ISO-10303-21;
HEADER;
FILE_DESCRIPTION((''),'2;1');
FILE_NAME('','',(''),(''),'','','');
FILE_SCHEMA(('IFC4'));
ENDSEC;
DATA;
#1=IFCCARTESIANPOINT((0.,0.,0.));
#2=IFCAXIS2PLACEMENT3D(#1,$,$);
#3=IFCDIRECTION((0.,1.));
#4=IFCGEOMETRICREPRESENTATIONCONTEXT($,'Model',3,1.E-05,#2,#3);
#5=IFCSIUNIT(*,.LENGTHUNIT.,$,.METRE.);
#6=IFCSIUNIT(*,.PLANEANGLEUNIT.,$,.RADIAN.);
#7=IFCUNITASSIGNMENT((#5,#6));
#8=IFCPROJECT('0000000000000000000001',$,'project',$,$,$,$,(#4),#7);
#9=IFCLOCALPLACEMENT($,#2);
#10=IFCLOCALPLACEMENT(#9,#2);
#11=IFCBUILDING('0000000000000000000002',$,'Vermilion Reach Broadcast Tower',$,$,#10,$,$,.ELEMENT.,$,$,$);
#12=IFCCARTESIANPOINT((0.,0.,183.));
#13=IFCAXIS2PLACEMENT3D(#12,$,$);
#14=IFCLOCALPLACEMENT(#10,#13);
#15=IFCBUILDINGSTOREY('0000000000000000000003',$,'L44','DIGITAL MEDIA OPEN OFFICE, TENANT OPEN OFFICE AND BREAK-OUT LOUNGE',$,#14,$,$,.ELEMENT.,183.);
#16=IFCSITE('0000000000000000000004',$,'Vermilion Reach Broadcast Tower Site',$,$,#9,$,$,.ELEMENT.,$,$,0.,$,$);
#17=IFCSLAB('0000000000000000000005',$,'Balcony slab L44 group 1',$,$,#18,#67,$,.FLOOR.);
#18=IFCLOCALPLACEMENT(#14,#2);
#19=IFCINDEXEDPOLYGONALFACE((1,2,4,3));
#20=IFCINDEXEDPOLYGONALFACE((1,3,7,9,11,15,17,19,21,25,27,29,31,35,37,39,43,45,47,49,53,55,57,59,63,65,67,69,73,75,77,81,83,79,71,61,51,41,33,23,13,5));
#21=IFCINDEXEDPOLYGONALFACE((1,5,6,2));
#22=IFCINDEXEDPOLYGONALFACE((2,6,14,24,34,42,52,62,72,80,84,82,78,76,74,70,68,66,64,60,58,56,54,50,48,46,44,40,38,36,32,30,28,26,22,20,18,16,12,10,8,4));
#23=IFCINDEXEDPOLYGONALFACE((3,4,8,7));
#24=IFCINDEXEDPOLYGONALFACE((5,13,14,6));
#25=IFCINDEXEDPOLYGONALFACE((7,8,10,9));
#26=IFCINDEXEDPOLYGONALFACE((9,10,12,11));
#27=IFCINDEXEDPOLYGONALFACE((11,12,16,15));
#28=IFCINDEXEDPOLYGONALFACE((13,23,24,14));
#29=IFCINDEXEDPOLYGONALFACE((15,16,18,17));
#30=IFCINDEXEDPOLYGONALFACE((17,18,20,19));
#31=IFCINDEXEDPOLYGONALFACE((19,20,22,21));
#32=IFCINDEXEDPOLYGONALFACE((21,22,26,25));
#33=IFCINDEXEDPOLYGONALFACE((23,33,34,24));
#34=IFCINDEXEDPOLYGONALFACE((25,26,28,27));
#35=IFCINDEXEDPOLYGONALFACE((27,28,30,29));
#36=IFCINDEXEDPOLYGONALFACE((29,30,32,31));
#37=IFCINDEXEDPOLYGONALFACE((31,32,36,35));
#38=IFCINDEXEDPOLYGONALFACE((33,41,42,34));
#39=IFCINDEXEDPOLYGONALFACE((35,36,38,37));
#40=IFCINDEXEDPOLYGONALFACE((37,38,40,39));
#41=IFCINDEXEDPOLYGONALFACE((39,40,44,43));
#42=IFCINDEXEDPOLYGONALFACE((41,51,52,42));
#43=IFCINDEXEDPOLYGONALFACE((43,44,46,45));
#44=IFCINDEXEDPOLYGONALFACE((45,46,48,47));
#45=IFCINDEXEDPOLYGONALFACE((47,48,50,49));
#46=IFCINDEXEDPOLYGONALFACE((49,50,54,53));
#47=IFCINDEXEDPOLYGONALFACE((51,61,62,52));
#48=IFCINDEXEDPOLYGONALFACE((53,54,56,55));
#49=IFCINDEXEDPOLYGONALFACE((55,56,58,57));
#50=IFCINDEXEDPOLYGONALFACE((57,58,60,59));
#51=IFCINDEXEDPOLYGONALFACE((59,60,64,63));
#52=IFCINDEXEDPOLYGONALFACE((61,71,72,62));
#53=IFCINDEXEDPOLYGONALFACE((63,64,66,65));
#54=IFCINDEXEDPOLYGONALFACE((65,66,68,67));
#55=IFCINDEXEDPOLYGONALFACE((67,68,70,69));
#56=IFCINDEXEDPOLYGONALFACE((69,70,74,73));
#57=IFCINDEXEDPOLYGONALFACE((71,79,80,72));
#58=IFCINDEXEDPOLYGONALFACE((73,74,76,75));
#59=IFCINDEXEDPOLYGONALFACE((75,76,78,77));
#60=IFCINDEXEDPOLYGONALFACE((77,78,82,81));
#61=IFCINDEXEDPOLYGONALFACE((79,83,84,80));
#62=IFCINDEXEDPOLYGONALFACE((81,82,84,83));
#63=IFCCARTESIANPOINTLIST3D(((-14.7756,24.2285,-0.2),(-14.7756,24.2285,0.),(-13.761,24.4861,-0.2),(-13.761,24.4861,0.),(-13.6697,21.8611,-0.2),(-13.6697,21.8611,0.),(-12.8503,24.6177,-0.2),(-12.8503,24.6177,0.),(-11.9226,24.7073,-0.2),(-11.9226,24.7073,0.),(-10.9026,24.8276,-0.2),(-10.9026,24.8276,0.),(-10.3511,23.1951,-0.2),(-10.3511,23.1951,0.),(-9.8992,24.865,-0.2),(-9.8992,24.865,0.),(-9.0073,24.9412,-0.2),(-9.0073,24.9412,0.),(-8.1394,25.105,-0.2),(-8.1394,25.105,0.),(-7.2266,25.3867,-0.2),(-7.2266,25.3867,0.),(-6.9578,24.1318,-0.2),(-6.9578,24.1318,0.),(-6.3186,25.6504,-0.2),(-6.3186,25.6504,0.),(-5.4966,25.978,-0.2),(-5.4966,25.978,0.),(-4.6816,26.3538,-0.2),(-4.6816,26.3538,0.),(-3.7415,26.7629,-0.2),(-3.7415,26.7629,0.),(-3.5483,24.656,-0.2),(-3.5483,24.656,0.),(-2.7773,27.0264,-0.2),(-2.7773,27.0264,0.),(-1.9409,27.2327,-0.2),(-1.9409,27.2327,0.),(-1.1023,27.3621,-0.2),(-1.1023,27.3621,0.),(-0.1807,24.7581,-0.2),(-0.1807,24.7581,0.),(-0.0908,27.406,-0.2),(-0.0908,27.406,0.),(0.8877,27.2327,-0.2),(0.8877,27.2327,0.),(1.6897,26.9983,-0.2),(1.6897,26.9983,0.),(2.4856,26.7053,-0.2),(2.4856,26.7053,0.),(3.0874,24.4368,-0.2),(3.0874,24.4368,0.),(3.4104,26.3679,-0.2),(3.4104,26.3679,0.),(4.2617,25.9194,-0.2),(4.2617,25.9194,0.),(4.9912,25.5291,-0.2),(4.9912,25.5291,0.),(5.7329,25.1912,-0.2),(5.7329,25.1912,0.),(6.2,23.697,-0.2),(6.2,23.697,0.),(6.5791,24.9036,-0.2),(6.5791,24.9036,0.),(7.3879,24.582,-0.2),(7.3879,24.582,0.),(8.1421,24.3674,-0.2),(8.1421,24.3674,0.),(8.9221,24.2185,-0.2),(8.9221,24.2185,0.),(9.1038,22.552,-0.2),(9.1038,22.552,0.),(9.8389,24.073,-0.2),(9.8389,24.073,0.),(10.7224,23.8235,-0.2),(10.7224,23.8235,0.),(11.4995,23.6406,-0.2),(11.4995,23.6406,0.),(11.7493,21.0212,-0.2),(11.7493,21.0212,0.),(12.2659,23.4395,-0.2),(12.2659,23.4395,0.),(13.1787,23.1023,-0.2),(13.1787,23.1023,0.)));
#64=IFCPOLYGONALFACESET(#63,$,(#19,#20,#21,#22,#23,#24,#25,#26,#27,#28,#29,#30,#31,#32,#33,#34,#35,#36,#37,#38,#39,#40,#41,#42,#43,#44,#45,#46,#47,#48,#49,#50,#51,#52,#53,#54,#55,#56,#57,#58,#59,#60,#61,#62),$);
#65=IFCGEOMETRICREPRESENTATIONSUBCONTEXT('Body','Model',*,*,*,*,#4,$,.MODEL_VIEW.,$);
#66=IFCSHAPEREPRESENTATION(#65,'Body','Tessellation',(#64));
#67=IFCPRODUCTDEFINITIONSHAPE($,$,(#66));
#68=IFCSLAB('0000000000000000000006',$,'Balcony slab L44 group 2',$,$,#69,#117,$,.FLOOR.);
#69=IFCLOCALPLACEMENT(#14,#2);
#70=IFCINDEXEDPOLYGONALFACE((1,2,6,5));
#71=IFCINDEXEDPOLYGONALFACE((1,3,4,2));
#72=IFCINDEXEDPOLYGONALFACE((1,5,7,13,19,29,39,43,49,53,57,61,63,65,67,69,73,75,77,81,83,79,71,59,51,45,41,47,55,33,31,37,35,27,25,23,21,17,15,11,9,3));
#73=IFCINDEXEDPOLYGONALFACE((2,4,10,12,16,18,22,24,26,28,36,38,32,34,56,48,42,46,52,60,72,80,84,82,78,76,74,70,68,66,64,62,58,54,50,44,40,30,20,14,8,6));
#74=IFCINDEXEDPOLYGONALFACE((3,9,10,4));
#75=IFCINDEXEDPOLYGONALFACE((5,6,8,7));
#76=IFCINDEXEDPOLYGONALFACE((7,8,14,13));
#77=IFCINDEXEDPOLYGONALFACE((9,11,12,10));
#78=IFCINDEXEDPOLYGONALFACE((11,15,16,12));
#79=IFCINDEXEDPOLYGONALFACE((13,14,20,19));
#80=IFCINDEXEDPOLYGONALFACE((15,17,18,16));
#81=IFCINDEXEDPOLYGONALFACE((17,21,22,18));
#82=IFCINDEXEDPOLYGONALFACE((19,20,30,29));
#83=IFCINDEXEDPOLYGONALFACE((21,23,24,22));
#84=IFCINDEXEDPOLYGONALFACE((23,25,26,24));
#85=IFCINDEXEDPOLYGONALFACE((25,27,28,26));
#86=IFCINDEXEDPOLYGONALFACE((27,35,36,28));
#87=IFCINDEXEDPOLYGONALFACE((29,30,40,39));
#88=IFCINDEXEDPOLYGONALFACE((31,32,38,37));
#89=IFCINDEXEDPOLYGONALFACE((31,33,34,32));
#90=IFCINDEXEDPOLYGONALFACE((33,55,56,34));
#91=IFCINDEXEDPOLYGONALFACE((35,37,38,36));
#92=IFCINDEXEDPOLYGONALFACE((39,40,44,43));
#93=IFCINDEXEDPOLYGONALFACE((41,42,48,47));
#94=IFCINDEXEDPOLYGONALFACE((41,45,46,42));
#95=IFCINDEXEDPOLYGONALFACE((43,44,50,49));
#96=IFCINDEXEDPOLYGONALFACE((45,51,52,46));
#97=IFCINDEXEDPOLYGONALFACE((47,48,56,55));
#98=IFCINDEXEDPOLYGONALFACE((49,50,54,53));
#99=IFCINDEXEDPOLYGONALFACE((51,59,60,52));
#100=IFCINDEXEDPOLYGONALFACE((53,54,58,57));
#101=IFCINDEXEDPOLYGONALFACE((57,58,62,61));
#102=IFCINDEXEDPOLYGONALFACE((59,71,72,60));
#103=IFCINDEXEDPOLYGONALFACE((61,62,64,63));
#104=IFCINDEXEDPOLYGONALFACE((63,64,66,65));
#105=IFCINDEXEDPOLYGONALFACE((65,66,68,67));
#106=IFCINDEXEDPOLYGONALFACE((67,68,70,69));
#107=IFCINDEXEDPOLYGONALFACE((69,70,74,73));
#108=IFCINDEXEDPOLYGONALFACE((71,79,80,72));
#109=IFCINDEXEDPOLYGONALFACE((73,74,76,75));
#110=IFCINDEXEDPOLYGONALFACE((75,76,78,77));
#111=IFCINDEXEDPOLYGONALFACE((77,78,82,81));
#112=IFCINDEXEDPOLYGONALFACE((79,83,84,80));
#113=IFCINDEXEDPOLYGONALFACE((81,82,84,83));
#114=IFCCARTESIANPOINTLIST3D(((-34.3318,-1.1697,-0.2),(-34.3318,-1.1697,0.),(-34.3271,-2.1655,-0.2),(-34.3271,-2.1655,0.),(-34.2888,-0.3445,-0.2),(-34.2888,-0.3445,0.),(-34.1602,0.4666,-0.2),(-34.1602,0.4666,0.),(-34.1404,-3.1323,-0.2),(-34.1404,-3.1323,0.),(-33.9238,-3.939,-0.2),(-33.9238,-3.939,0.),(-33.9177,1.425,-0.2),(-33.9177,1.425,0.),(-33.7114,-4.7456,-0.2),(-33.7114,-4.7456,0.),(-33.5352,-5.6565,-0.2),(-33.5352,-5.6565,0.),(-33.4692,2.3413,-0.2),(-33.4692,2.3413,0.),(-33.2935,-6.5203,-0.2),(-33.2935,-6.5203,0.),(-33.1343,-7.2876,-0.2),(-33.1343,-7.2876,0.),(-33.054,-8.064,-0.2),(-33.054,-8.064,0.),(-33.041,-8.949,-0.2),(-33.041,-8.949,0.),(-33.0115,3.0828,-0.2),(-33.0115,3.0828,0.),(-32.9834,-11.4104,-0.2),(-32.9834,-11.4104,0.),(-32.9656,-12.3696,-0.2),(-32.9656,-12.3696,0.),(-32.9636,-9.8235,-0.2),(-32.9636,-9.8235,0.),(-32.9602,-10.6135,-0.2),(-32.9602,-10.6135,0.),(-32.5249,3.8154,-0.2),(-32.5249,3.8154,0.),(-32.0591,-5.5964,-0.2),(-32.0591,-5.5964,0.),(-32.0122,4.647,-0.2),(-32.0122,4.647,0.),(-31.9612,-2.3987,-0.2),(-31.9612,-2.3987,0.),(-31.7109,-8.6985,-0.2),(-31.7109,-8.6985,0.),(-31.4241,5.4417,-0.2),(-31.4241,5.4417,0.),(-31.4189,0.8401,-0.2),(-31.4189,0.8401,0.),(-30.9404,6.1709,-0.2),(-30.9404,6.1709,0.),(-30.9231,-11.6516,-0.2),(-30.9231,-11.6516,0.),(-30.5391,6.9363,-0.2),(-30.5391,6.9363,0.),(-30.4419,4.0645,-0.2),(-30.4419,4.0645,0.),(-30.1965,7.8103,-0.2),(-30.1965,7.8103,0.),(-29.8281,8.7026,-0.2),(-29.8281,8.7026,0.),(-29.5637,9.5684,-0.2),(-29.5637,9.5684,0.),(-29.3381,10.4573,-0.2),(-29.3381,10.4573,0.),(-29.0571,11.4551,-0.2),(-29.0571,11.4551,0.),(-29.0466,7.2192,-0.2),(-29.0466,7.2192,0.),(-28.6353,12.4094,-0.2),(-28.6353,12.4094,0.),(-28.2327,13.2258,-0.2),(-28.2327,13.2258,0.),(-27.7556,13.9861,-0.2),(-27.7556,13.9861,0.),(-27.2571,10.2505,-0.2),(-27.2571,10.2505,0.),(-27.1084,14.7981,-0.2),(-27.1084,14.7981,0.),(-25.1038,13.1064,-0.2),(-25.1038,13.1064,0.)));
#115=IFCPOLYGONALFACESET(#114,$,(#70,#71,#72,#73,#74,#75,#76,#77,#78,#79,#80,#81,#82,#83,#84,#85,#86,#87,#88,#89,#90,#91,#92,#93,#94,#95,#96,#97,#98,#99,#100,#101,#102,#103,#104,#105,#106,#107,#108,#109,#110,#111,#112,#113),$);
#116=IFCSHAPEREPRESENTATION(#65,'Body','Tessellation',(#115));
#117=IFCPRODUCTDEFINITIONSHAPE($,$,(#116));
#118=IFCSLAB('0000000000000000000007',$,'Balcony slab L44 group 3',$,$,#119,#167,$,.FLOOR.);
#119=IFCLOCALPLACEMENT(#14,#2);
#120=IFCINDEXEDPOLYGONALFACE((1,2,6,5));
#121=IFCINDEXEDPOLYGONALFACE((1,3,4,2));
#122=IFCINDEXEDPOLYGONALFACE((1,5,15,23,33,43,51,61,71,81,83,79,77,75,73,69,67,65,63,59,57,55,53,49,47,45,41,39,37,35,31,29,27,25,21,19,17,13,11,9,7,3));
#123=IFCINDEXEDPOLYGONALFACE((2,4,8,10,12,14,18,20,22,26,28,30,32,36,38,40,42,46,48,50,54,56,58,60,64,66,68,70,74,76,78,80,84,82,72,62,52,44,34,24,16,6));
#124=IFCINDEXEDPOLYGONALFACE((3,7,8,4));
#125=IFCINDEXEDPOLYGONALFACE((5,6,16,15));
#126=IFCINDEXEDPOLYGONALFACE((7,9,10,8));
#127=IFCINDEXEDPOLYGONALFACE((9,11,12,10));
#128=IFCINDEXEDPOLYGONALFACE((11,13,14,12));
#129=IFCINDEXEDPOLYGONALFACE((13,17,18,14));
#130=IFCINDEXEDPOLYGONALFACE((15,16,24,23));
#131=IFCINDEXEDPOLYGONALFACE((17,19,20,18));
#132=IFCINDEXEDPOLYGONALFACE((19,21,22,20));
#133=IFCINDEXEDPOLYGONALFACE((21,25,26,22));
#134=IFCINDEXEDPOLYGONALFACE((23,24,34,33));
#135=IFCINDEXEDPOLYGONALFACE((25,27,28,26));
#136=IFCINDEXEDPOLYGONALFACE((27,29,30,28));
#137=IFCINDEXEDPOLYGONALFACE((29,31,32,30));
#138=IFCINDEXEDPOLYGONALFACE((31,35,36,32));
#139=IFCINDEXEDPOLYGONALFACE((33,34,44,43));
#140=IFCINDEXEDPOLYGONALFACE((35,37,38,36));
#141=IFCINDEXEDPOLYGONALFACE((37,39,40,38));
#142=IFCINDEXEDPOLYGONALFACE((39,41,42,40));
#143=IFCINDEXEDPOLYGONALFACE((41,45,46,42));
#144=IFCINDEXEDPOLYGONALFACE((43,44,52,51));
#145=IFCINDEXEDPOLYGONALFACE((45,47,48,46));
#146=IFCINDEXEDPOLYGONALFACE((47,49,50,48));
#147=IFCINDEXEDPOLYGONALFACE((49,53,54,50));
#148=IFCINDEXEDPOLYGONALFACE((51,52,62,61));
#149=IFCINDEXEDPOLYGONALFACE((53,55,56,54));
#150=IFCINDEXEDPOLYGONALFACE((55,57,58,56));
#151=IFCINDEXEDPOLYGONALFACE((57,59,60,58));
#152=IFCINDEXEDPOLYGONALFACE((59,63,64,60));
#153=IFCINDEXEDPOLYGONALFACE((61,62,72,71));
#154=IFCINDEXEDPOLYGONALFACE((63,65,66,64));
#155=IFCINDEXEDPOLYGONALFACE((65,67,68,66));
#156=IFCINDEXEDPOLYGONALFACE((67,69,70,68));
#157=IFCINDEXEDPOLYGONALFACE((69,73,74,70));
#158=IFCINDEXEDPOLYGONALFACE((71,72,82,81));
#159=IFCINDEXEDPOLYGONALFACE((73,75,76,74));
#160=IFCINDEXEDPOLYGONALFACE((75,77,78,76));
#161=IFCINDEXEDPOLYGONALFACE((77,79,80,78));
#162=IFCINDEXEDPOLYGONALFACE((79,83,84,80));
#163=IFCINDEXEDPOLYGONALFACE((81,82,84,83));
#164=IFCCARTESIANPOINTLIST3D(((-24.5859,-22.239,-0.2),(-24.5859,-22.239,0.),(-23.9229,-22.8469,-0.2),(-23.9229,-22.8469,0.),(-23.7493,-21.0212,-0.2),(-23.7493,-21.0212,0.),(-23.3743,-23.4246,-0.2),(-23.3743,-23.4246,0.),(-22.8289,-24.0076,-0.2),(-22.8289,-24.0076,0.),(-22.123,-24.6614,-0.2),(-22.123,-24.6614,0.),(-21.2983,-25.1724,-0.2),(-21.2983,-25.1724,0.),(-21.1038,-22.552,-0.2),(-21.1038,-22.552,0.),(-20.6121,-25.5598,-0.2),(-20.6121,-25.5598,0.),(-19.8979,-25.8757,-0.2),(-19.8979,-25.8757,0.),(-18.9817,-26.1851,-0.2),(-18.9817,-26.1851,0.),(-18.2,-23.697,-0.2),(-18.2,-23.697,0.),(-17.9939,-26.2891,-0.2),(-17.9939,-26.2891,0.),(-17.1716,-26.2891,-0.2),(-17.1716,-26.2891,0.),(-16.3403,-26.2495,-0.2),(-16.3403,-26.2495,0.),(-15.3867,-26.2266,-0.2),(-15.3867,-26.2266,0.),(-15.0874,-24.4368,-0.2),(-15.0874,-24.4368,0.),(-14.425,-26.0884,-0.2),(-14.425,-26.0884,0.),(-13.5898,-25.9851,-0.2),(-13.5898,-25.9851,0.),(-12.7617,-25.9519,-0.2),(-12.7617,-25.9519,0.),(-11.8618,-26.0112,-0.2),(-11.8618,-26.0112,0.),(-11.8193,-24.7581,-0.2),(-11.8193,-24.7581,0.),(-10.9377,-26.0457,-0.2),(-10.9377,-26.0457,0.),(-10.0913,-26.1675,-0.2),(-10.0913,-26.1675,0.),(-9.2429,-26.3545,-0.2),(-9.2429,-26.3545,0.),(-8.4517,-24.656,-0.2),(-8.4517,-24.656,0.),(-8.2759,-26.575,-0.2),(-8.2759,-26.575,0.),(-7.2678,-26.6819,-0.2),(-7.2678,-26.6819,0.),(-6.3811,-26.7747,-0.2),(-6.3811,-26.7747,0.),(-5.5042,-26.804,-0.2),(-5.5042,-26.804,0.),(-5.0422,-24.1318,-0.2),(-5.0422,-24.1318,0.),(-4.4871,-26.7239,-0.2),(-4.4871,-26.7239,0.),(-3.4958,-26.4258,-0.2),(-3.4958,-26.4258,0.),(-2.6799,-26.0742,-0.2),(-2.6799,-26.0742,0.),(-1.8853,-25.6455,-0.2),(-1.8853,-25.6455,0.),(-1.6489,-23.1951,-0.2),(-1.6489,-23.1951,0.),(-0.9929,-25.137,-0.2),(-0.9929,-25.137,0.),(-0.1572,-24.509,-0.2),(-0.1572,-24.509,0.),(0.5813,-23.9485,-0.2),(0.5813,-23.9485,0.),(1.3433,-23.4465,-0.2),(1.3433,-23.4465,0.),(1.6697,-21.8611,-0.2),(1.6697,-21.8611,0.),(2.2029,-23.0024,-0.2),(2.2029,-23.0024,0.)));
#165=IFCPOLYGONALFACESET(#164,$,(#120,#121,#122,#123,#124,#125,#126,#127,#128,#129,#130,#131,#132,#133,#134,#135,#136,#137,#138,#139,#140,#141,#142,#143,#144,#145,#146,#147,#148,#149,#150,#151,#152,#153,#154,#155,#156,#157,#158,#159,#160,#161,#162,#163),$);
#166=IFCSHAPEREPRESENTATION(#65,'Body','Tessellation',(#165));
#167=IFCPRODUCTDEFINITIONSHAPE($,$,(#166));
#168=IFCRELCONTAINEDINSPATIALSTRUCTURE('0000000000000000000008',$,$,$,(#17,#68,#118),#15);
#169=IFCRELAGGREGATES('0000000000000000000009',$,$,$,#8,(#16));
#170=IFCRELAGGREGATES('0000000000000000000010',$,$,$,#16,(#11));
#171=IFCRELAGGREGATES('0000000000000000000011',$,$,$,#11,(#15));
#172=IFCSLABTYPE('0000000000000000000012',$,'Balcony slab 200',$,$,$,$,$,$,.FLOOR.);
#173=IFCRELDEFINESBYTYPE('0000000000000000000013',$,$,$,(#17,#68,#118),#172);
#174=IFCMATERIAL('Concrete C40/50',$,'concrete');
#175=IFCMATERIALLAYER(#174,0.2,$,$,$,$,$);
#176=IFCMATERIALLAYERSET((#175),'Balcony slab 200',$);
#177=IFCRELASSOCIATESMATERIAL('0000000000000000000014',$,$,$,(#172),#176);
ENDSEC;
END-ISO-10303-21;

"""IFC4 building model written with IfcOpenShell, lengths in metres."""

from ifc_helpers import new_model, si_unit, direction, frame, origin, place, context, subcontext, project, spatial, polyline, outline, extrude, material, layer, layer_set, type_object, element, save


model = new_model("IFC4")

# Units and contexts
model_context = context("Model", 3, precision=1e-05, world=origin(), true_north=direction((0.0, 1.0)))
body_context = subcontext(model_context, "Body", "Model", "MODEL_VIEW")
ifc_project = project(units=[si_unit("LENGTHUNIT", "METRE"), si_unit("PLANEANGLEUNIT", "RADIAN")], contexts=[model_context])

# Site, building, storey
site_placement = place(None, origin())
site = spatial("IfcSite", under=ifc_project, at=site_placement, Name="Vermilion Reach Broadcast Tower Site", CompositionType="ELEMENT", RefElevation=0.0)
building_placement = place(site_placement, origin())
building = spatial("IfcBuilding", under=site, at=building_placement, Name="Vermilion Reach Broadcast Tower", CompositionType="ELEMENT")
storey_placement = place(building_placement, frame((0.0, 0.0, 183.0)))
storey = spatial("IfcBuildingStorey", under=building, at=storey_placement, Name="L44", Description="DIGITAL MEDIA OPEN OFFICE, TENANT OPEN OFFICE AND BREAK-OUT LOUNGE", CompositionType="ELEMENT", Elevation=183.0)

# Slabs
ifc_material_1 = material(Name="Concrete C40/50", Category="concrete")
ifc_layer_1 = layer(ifc_material_1, 0.2)
ifc_layer_set_1 = layer_set([ifc_layer_1], Name="Balcony slab 200")
slab_type_1 = type_object("IfcSlabType", Name="Balcony slab 200", PredefinedType="FLOOR", material=ifc_layer_set_1)
placement_1 = place(storey_placement, frame((0.0, 0.0, -0.2)))
element("IfcSlab", 1, at=placement_1, inside=storey, type_object=slab_type_1, Name="Balcony slab L44 group 1", PredefinedType="FLOOR", context=body_context, shape_type="SweptSolid", body=[
    extrude(outline(polyline([(11.7493, 21.0212), (9.1038, 22.552), (6.2, 23.697), (3.0874, 24.4368), (-0.1807, 24.7581), (-3.5483, 24.656), (-6.9578, 24.1318), (-10.3511, 23.1951), (-13.6697, 21.8611), (-14.7756, 24.2285), (-13.761, 24.4861), (-12.8503, 24.6177), (-11.9226, 24.7073), (-10.9026, 24.8276), (-9.8992, 24.865), (-9.0073, 24.9412), (-8.1394, 25.105), (-7.2266, 25.3867), (-6.3186, 25.6504), (-5.4966, 25.978), (-4.6816, 26.3538), (-3.7415, 26.7629), (-2.7773, 27.0264), (-1.9409, 27.2327), (-1.1023, 27.3621), (-0.0908, 27.406), (0.8877, 27.2327), (1.6897, 26.9983), (2.4856, 26.7053), (3.4104, 26.3679), (4.2617, 25.9194), (4.9912, 25.5291), (5.7329, 25.1912), (6.5791, 24.9036), (7.3879, 24.582), (8.1421, 24.3674), (8.9221, 24.2185), (9.8389, 24.073), (10.7224, 23.8235), (11.4995, 23.6406), (12.2659, 23.4395), (13.1787, 23.1023), (11.7493, 21.0212)])), origin(), (0.0, 0.0, 1.0), 0.2),
])
element("IfcSlab", 2, at=placement_1, inside=storey, type_object=slab_type_1, Name="Balcony slab L44 group 2", PredefinedType="FLOOR", context=body_context, shape_type="SweptSolid", body=[
    extrude(outline(polyline([(-25.1038, 13.1064), (-27.2571, 10.2505), (-29.0466, 7.2192), (-30.4419, 4.0645), (-31.4189, 0.8401), (-31.9612, -2.3987), (-32.0591, -5.5964), (-31.7109, -8.6985), (-30.9231, -11.6516), (-32.9656, -12.3696), (-32.9834, -11.4104), (-32.9602, -10.6135), (-32.9636, -9.8235), (-33.041, -8.949), (-33.054, -8.064), (-33.1343, -7.2876), (-33.2935, -6.5203), (-33.5352, -5.6565), (-33.7114, -4.7456), (-33.9238, -3.939), (-34.1404, -3.1323), (-34.3271, -2.1655), (-34.3318, -1.1697), (-34.2888, -0.3445), (-34.1602, 0.4666), (-33.9177, 1.425), (-33.4692, 2.3413), (-33.0115, 3.0828), (-32.5249, 3.8154), (-32.0122, 4.647), (-31.4241, 5.4417), (-30.9404, 6.1709), (-30.5391, 6.9363), (-30.1965, 7.8103), (-29.8281, 8.7026), (-29.5637, 9.5684), (-29.3381, 10.4573), (-29.0571, 11.4551), (-28.6353, 12.4094), (-28.2327, 13.2258), (-27.7556, 13.9861), (-27.1084, 14.7981), (-25.1038, 13.1064)])), origin(), (0.0, 0.0, 1.0), 0.2),
])
element("IfcSlab", 3, at=placement_1, inside=storey, type_object=slab_type_1, Name="Balcony slab L44 group 3", PredefinedType="FLOOR", context=body_context, shape_type="SweptSolid", body=[
    extrude(outline(polyline([(-23.7493, -21.0212), (-21.1038, -22.552), (-18.2, -23.697), (-15.0874, -24.4368), (-11.8193, -24.7581), (-8.4517, -24.656), (-5.0422, -24.1318), (-1.6489, -23.1951), (1.6697, -21.8611), (2.2029, -23.0024), (1.3433, -23.4465), (0.5813, -23.9485), (-0.1572, -24.509), (-0.9929, -25.137), (-1.8853, -25.6455), (-2.6799, -26.0742), (-3.4958, -26.4258), (-4.4871, -26.7239), (-5.5042, -26.804), (-6.3811, -26.7747), (-7.2678, -26.6819), (-8.2759, -26.575), (-9.2429, -26.3545), (-10.0913, -26.1675), (-10.9377, -26.0457), (-11.8618, -26.0112), (-12.7617, -25.9519), (-13.5898, -25.9851), (-14.425, -26.0884), (-15.3867, -26.2266), (-16.3403, -26.2495), (-17.1716, -26.2891), (-17.9939, -26.2891), (-18.9817, -26.1851), (-19.8979, -25.8757), (-20.6121, -25.5598), (-21.2983, -25.1724), (-22.123, -24.6614), (-22.8289, -24.0076), (-23.3743, -23.4246), (-23.9229, -22.8469), (-24.5859, -22.239), (-23.7493, -21.0212)])), origin(), (0.0, 0.0, 1.0), 0.2),
])

save(model, "model.ifc")
